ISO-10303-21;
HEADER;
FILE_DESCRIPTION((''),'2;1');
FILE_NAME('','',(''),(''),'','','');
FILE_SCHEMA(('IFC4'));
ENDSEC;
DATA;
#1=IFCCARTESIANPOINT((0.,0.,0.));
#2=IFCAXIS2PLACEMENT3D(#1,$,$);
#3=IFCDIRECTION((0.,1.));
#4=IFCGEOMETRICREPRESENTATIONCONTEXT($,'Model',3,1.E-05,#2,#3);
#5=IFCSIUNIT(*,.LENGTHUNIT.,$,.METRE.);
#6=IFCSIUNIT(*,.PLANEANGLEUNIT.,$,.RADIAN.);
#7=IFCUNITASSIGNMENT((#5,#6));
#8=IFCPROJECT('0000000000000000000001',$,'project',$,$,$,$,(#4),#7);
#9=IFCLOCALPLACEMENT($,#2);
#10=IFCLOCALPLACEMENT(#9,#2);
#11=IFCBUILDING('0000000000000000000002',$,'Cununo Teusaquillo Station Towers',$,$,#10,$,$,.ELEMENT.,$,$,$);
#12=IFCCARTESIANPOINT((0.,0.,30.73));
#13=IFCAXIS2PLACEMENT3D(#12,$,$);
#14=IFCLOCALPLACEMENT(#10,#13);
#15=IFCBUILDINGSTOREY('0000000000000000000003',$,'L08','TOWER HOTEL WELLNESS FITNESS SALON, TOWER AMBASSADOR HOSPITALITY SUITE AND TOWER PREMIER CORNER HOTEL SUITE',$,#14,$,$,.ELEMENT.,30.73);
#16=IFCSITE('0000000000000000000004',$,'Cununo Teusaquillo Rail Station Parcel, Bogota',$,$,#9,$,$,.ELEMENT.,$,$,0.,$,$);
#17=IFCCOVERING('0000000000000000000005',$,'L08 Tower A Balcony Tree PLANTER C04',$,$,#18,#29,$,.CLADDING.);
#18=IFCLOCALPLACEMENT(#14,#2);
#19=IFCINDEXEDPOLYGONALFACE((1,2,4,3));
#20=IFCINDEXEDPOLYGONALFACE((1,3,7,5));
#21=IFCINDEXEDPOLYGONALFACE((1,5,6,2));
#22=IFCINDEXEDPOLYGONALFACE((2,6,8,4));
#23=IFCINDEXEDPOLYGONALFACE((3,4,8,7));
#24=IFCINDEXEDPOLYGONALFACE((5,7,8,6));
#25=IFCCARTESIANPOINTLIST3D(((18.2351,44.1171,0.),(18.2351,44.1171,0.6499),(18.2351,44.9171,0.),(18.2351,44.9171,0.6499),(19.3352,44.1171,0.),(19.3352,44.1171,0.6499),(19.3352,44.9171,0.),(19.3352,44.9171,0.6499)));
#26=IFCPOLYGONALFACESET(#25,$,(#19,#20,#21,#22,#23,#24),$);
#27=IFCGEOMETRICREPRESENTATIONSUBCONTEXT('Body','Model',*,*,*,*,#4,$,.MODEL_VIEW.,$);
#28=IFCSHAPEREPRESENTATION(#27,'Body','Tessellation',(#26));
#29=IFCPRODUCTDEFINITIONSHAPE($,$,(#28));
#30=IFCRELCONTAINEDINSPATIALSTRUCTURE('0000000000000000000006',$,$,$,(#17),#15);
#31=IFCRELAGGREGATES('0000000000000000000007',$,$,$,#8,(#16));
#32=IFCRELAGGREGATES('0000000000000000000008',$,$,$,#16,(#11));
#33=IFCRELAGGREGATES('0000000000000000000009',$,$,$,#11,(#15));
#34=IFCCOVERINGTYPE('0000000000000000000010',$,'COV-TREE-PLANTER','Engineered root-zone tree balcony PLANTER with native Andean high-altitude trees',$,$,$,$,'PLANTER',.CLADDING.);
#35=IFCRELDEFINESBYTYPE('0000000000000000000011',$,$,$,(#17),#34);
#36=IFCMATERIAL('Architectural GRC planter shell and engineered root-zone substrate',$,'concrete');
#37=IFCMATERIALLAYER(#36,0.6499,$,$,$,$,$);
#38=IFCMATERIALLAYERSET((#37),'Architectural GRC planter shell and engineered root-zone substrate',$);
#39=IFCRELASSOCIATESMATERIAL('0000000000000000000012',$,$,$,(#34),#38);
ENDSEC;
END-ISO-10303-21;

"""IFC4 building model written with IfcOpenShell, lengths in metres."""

from ifc_helpers import new_model, si_unit, direction, frame, origin, origin_2d, place, context, subcontext, project, spatial, rectangle, extrude, source, transform, mapped, material, layer, layer_set, type_object, element, save


model = new_model("IFC4")

# Units and contexts
model_context = context("Model", 3, precision=1e-05, world=origin(), true_north=direction((0.0, 1.0)))
body_context = subcontext(model_context, "Body", "Model", "MODEL_VIEW")
ifc_project = project(units=[si_unit("LENGTHUNIT", "METRE"), si_unit("PLANEANGLEUNIT", "RADIAN")], contexts=[model_context])

# Site, building, storey
site_placement = place(None, origin())
site = spatial("IfcSite", under=ifc_project, at=site_placement, Name="Cununo Teusaquillo Rail Station Parcel, Bogota", CompositionType="ELEMENT", RefElevation=0.0)
building_placement = place(site_placement, origin())
building = spatial("IfcBuilding", under=site, at=building_placement, Name="Cununo Teusaquillo Station Towers", CompositionType="ELEMENT")
storey_placement = place(building_placement, frame((0.0, 0.0, 30.73)))
storey = spatial("IfcBuildingStorey", under=building, at=storey_placement, Name="L08", Description="TOWER HOTEL WELLNESS FITNESS SALON, TOWER AMBASSADOR HOSPITALITY SUITE AND TOWER PREMIER CORNER HOTEL SUITE", CompositionType="ELEMENT", Elevation=30.73)

# Covering
ifc_material_1 = material(Name="Architectural GRC planter shell and engineered root-zone substrate", Category="concrete")
ifc_layer_1 = layer(ifc_material_1, 0.6499)
ifc_layer_set_1 = layer_set([ifc_layer_1], Name="Architectural GRC planter shell and engineered root-zone substrate")
covering_type = type_object("IfcCoveringType", Name="COV-TREE-PLANTER", Description="Engineered root-zone tree balcony PLANTER with native Andean high-altitude trees", ElementType="PLANTER", PredefinedType="CLADDING", material=ifc_layer_set_1)
shared_shape_1 = source(origin(), body_context, "Body", "SweptSolid", [
    extrude(rectangle(XDim=1.1001, YDim=0.8, at=origin_2d()), origin(), (0.0, 0.0, 1.0), 0.6499),
])
covering_placement = place(storey_placement, frame((18.7852, 44.5171, 0.0), z_axis=(0.0, 0.0, 1.0), x_axis=(1.0, 0.0, 0.0)))
element("IfcCovering", 1, at=covering_placement, inside=storey, type_object=covering_type, Name="L08 Tower A Balcony Tree PLANTER C04", PredefinedType="CLADDING", context=body_context, shape_type="MappedRepresentation", body=[
    mapped(shared_shape_1, transform((0.0, 0.0, 0.0), x_axis=(1.0, 0.0, 0.0), y_axis=(0.0, 1.0, 0.0), z_axis=(0.0, 0.0, 1.0), scale=1.0)),
])

save(model, "model.ifc")
